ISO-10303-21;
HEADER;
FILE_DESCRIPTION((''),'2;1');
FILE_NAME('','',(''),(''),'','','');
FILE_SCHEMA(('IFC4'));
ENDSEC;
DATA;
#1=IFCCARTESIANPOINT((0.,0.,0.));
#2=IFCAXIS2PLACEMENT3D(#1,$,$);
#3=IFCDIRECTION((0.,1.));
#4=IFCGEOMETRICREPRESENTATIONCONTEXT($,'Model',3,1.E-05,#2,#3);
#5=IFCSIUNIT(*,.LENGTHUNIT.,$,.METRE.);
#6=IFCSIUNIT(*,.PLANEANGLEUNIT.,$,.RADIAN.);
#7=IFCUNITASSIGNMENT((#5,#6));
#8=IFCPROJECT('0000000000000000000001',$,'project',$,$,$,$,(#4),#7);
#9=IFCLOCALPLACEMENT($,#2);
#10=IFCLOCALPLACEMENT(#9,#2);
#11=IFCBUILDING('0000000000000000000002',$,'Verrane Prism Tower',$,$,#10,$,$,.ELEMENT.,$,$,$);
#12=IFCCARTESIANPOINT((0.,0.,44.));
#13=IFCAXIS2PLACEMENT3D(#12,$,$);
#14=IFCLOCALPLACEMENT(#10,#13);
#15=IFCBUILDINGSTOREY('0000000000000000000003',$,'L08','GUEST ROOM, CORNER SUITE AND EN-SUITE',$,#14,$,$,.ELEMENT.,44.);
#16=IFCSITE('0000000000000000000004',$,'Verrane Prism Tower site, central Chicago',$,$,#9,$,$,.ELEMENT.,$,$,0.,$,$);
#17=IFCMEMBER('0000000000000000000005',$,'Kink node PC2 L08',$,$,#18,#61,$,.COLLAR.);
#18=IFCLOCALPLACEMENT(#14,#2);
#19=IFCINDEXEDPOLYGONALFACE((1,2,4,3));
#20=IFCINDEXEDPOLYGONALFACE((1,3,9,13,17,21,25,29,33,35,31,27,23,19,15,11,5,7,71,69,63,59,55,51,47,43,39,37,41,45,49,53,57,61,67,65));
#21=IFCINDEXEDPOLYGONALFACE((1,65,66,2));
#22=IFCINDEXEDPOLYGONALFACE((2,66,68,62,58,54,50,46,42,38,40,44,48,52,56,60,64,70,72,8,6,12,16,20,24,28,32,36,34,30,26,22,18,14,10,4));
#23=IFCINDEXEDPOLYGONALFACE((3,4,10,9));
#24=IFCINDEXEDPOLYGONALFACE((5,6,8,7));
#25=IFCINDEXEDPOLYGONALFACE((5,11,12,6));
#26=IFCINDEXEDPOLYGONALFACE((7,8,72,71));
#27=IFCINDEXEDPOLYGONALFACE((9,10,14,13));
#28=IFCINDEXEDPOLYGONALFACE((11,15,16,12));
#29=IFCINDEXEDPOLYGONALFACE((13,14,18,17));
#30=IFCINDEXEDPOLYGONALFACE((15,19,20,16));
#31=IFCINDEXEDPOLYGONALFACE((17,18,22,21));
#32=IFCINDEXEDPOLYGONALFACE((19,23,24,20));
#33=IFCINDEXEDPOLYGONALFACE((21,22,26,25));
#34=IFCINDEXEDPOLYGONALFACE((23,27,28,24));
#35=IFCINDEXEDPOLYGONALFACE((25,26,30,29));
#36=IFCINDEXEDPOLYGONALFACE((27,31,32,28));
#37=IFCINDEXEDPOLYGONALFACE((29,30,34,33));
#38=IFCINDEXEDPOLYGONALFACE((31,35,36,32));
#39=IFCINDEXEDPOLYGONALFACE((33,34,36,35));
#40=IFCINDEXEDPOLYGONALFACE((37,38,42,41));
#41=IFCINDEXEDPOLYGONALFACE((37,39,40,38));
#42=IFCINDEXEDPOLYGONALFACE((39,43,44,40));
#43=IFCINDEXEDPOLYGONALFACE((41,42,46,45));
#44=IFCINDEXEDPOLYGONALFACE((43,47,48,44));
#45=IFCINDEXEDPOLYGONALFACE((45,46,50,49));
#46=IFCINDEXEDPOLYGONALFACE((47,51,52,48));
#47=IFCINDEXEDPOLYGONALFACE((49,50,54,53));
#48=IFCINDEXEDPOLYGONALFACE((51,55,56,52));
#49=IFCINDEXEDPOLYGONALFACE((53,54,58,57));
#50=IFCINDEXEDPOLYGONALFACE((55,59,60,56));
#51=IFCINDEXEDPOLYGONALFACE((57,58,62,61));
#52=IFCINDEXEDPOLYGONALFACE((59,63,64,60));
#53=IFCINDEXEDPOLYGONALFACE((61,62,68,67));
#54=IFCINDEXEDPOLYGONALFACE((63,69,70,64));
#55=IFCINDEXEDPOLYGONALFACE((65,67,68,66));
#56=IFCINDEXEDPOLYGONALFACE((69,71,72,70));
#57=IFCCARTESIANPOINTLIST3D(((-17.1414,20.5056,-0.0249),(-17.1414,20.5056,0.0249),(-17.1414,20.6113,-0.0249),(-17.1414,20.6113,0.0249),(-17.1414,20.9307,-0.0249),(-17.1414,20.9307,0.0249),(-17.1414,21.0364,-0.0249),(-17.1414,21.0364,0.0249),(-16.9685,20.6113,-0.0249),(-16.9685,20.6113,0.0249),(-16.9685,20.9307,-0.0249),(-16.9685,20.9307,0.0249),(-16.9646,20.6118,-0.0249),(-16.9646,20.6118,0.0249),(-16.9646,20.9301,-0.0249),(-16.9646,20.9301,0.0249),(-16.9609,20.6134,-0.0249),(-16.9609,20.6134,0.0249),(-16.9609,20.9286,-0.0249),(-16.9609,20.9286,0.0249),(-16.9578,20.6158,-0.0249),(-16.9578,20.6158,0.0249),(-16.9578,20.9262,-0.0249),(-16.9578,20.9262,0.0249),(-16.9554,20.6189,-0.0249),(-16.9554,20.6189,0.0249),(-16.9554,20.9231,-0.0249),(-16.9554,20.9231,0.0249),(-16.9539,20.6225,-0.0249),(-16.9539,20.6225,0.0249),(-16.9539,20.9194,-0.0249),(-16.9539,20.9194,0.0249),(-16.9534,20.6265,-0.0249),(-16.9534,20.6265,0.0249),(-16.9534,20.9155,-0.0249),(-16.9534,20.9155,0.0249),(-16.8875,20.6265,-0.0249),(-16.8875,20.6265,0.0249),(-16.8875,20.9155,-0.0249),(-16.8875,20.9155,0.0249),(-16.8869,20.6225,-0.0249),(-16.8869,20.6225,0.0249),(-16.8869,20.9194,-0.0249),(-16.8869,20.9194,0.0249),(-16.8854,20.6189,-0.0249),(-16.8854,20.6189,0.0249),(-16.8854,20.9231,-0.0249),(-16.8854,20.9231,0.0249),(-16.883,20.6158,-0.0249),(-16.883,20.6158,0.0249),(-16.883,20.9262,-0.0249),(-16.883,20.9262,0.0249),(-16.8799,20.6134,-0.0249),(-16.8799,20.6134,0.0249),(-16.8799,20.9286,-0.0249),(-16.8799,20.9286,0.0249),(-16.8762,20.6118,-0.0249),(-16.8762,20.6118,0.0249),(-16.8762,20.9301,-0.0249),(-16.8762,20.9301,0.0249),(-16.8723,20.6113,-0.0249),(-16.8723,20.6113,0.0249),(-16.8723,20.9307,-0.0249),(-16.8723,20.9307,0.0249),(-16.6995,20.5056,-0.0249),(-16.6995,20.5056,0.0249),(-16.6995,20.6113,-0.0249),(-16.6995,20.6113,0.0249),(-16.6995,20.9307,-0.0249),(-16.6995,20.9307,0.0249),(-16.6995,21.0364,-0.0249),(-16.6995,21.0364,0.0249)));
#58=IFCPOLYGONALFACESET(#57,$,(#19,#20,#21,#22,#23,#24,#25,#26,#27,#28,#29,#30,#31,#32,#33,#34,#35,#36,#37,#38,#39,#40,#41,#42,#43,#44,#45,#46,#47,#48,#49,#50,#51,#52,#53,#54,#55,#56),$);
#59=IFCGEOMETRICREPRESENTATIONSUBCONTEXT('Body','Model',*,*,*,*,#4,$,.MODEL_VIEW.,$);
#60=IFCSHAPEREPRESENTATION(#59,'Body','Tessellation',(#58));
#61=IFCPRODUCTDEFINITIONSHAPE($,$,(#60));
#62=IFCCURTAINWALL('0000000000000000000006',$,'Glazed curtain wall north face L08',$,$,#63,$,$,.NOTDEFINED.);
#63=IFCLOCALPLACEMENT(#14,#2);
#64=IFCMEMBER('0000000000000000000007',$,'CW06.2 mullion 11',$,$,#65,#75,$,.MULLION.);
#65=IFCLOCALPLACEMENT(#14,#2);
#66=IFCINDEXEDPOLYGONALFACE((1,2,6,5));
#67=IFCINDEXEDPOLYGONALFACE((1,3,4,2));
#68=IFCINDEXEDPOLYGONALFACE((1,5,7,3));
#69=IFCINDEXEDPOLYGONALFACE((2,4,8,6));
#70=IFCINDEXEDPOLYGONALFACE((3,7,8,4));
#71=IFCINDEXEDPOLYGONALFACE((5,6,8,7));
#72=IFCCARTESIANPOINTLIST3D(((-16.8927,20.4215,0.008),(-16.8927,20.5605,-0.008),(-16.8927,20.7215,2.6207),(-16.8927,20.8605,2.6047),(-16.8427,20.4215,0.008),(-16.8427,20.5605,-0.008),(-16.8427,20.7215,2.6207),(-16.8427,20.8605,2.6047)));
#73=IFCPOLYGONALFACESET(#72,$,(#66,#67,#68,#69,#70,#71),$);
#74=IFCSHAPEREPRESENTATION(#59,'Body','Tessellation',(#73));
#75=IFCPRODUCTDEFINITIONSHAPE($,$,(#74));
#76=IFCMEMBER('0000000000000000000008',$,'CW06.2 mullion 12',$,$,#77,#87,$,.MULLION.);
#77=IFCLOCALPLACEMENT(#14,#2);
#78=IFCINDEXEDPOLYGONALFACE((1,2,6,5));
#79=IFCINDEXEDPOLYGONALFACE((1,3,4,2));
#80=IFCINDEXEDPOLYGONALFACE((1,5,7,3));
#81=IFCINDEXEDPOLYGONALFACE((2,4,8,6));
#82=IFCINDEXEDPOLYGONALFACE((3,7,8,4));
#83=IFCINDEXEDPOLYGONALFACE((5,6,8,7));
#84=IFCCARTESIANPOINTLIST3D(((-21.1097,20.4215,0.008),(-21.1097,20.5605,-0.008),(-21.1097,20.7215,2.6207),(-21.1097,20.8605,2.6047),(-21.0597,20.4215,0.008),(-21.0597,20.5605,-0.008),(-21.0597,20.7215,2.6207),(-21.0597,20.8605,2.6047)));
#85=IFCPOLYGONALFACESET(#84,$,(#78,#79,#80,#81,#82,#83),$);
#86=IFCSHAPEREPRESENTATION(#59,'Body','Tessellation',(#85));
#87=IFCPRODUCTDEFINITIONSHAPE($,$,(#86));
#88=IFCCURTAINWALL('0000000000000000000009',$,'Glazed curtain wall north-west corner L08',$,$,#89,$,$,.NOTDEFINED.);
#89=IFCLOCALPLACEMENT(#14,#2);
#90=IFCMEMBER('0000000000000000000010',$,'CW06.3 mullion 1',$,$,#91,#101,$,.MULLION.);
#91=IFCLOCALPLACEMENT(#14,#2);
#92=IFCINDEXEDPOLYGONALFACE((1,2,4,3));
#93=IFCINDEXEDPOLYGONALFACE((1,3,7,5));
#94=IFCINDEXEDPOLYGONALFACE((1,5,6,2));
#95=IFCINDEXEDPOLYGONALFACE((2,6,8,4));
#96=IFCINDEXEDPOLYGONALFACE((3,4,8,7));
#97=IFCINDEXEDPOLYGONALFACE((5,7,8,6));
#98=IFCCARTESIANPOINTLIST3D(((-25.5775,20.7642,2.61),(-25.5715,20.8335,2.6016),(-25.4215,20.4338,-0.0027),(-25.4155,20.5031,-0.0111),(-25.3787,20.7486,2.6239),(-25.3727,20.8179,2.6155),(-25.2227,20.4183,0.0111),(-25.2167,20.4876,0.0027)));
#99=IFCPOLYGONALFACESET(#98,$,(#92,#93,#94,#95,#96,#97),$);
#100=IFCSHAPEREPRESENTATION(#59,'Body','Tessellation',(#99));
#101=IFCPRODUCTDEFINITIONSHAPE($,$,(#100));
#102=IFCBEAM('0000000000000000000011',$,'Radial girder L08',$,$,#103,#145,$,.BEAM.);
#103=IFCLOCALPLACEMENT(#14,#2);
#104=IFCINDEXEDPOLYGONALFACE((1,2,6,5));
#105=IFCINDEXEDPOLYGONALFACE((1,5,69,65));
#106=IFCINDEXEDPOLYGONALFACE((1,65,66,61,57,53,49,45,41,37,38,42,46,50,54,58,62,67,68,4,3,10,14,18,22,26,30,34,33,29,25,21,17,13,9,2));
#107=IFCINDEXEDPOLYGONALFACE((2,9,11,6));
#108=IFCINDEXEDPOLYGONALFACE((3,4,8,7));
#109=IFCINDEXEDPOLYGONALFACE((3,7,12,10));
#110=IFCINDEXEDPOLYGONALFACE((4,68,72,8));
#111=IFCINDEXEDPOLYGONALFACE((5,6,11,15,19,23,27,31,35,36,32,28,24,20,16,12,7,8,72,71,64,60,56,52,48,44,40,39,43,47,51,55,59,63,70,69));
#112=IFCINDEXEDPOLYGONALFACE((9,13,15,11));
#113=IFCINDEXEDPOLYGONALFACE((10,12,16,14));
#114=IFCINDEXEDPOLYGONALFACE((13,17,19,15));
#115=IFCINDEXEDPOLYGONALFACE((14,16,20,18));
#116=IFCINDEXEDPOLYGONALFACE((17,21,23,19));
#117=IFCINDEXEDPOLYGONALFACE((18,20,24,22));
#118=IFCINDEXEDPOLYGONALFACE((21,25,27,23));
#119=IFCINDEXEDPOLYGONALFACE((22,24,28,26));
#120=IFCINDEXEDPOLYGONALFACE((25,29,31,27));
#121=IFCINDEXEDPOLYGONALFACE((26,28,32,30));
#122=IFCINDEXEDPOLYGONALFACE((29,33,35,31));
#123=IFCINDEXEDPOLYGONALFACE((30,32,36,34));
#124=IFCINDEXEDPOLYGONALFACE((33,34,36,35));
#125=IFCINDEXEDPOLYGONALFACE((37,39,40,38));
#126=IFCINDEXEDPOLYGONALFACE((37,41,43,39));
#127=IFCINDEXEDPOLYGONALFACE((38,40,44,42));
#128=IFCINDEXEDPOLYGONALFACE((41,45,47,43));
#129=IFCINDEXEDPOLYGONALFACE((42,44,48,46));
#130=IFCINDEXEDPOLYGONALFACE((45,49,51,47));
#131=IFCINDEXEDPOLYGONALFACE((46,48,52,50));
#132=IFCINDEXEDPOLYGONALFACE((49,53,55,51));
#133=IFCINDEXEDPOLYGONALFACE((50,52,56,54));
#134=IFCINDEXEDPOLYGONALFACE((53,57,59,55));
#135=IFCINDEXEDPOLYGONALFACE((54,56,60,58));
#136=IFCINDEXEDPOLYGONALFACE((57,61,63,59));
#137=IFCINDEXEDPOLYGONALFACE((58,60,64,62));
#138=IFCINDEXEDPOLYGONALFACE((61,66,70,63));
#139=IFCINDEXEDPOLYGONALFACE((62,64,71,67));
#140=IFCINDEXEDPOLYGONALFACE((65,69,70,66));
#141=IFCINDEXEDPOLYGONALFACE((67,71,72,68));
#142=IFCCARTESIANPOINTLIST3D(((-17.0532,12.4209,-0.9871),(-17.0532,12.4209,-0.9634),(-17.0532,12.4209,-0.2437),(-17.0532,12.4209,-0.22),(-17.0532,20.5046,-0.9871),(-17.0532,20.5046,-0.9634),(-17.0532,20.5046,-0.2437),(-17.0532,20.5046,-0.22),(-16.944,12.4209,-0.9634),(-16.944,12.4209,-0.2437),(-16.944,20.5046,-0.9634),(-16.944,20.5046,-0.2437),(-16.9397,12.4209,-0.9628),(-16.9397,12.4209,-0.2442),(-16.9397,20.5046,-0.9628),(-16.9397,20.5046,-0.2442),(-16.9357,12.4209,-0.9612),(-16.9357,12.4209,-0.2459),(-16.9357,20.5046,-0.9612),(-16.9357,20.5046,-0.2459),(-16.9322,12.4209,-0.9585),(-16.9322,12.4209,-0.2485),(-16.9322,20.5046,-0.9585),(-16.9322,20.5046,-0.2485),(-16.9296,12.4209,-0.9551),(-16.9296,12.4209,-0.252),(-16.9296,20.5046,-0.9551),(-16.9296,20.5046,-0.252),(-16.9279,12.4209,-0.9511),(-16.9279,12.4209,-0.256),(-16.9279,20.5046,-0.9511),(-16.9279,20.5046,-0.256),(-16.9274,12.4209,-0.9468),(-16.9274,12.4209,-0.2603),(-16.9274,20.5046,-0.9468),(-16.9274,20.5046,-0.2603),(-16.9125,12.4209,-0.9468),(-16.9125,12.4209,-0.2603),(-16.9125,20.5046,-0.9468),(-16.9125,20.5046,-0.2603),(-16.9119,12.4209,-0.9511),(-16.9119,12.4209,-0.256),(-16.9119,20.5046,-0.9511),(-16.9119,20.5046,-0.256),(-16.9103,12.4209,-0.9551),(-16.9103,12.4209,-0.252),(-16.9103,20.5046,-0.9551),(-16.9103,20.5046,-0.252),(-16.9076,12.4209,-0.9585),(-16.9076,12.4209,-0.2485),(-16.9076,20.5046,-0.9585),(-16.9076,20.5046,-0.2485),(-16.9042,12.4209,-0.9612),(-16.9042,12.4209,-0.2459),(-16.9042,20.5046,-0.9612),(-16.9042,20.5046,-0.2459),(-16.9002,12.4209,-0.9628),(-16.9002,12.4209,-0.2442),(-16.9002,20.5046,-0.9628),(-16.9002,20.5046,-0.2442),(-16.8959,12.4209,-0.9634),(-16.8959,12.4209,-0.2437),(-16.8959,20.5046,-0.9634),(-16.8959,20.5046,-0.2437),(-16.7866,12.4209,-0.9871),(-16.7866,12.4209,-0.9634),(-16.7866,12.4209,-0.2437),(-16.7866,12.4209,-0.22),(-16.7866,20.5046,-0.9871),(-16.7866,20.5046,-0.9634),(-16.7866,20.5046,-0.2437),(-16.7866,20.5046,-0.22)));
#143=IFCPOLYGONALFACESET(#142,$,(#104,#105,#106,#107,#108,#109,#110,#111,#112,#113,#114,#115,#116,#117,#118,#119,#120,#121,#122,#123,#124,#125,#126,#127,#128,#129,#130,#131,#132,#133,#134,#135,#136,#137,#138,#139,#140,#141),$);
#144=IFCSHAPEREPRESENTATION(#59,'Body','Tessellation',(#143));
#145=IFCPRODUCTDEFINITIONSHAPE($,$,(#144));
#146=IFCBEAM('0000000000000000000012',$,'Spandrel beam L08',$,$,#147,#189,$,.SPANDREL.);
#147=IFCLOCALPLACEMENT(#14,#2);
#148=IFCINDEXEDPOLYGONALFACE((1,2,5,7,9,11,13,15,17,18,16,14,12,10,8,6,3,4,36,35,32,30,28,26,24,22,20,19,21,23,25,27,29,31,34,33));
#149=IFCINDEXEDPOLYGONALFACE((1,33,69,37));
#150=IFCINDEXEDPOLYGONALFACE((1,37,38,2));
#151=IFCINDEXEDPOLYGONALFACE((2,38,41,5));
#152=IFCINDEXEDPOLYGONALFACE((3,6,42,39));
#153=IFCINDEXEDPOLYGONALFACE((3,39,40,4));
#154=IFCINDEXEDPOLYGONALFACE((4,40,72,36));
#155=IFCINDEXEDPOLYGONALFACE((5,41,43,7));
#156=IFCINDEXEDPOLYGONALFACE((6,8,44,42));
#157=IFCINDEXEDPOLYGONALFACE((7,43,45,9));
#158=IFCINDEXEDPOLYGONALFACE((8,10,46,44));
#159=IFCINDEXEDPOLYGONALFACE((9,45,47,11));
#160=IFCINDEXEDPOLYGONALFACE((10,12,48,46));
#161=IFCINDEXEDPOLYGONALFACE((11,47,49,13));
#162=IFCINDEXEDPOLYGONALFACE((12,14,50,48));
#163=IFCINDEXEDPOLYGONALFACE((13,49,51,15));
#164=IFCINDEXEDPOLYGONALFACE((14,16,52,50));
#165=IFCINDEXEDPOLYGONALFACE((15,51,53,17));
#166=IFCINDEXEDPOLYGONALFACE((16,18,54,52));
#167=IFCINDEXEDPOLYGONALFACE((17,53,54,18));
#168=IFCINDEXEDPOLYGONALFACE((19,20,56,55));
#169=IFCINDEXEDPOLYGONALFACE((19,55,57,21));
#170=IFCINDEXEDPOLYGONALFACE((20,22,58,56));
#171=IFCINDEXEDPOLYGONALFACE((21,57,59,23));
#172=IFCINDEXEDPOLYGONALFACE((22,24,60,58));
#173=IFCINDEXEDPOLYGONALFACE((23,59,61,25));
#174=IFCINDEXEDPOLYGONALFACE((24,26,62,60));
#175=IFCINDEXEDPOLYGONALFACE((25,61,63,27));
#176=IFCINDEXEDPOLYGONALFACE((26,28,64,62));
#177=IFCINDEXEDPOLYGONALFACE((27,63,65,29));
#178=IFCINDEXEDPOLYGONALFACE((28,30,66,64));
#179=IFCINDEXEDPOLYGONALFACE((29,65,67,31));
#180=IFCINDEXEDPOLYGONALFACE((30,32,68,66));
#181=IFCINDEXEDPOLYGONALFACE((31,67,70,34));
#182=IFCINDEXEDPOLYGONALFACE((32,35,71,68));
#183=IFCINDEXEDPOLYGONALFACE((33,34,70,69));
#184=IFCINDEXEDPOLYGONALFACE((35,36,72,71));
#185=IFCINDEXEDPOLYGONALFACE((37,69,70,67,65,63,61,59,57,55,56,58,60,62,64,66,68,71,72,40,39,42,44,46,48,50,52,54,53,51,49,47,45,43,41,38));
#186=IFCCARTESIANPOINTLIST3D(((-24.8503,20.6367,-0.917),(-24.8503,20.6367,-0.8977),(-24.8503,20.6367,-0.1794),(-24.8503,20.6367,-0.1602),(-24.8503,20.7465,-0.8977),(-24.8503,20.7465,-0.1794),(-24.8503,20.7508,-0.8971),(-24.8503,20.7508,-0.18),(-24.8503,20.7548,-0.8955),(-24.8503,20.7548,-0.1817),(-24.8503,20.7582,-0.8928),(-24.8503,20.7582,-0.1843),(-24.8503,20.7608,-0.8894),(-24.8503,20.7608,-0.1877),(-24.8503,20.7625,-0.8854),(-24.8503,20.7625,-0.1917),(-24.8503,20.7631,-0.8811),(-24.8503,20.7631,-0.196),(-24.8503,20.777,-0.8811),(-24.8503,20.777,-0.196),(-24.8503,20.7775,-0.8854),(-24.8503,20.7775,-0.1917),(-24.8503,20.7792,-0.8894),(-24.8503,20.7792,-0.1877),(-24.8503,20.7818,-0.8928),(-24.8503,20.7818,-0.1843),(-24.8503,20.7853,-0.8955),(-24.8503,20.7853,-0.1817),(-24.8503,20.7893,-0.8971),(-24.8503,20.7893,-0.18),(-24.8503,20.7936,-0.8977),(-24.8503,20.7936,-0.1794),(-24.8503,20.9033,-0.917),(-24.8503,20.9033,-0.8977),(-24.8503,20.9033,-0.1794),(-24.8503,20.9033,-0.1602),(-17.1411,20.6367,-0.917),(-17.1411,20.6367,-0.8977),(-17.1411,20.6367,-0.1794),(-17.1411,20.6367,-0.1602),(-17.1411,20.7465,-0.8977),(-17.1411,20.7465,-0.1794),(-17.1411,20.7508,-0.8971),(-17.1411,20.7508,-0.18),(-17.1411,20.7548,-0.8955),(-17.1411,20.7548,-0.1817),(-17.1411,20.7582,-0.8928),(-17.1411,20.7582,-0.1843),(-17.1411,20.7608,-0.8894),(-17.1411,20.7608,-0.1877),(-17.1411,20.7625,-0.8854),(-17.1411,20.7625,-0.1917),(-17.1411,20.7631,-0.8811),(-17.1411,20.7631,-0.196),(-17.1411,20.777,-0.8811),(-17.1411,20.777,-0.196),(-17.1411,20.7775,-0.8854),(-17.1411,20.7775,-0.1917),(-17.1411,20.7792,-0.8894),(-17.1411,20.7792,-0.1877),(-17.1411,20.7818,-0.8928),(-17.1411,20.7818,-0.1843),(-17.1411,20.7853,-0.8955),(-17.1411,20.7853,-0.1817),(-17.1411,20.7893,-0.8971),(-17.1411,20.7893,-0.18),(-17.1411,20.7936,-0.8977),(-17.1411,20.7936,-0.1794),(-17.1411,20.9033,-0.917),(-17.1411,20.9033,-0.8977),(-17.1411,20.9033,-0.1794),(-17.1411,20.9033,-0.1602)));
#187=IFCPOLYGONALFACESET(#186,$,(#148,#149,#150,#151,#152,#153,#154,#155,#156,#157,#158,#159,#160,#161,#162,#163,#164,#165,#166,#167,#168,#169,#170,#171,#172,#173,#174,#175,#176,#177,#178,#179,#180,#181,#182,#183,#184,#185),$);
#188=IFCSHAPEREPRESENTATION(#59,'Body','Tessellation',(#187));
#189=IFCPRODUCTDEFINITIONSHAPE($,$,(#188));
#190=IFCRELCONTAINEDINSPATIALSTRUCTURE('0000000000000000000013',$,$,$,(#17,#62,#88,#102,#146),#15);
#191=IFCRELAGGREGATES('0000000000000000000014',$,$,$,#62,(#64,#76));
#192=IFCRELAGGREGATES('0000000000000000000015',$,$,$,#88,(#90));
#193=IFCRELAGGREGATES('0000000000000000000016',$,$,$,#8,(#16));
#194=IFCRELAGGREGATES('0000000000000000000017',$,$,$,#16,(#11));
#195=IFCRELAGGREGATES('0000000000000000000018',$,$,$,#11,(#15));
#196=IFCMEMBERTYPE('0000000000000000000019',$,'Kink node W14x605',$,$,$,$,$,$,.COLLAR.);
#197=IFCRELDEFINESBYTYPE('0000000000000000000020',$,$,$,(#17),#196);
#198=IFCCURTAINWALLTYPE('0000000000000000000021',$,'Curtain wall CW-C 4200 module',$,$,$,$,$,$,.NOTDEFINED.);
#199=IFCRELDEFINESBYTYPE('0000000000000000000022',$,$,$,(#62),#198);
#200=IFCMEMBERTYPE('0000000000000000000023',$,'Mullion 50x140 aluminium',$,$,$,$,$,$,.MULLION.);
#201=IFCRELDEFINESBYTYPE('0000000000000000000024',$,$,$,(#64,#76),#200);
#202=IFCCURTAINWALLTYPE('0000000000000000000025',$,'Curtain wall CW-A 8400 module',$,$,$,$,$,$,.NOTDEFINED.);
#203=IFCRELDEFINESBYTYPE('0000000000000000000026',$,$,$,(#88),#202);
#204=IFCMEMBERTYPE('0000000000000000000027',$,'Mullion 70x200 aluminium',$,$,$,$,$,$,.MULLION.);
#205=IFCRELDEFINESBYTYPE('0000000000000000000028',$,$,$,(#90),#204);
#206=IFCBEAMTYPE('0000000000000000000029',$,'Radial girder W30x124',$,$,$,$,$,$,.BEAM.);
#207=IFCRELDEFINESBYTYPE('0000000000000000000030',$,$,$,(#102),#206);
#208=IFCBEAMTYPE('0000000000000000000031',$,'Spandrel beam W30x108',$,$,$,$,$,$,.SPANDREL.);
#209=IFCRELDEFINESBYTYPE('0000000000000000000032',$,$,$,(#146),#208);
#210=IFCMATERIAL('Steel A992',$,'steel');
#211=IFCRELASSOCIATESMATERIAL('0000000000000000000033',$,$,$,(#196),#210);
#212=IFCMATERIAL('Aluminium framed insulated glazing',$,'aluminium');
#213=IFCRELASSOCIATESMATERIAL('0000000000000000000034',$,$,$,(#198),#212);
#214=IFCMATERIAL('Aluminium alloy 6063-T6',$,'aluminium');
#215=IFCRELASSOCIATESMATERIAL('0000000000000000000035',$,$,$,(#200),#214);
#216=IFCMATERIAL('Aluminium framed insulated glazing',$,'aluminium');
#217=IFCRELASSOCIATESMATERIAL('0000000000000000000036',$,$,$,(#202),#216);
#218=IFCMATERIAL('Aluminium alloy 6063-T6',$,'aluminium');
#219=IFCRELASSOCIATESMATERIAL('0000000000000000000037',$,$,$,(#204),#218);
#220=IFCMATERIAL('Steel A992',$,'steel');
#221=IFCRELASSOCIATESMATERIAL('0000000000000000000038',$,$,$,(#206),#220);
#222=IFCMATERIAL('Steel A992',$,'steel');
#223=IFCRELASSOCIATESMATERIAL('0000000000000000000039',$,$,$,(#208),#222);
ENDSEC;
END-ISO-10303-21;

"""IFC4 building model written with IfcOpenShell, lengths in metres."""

from ifc_helpers import new_model, si_unit, direction, frame, origin, origin_2d, place, context, subcontext, project, spatial, rectangle, i_section, extrude, material, material_profile, profile_set, type_object, element, aggregate, save


model = new_model("IFC4")

# Units and contexts
model_context = context("Model", 3, precision=1e-05, world=origin(), true_north=direction((0.0, 1.0)))
body_context = subcontext(model_context, "Body", "Model", "MODEL_VIEW")
ifc_project = project(units=[si_unit("LENGTHUNIT", "METRE"), si_unit("PLANEANGLEUNIT", "RADIAN")], contexts=[model_context])

# Site, building, storey
site_placement = place(None, origin())
site = spatial("IfcSite", under=ifc_project, at=site_placement, Name="Verrane Prism Tower site, central Chicago", CompositionType="ELEMENT", RefElevation=0.0)
building_placement = place(site_placement, origin())
building = spatial("IfcBuilding", under=site, at=building_placement, Name="Verrane Prism Tower", CompositionType="ELEMENT")
storey_placement = place(building_placement, frame((0.0, 0.0, 44.0)))
storey = spatial("IfcBuildingStorey", under=building, at=storey_placement, Name="L08", Description="GUEST ROOM, CORNER SUITE AND EN-SUITE", CompositionType="ELEMENT", Elevation=44.0)

# Member
ifc_material_1 = material(Name="Steel A992", Category="steel")
ifc_material_profile_1 = material_profile(ifc_material_1, i_section(OverallWidth=0.4419, OverallDepth=0.5308, WebThickness=0.0659, FlangeThickness=0.1057, FilletRadius=0.0151, at=origin_2d()), Name="W14x605")
ifc_profile_set_1 = profile_set([ifc_material_profile_1], Name="Steel A992")
member_type_1 = type_object("IfcMemberType", Name="Kink node W14x605", PredefinedType="COLLAR", material=ifc_profile_set_1)
member_1_placement = place(storey_placement, frame((-16.9204, 20.771, -0.0249), z_axis=(0.0, 0.0, 1.0), x_axis=(1.0, 0.0, 0.0)))
element("IfcMember", 1, at=member_1_placement, inside=storey, type_object=member_type_1, Name="Kink node PC2 L08", PredefinedType="COLLAR", context=body_context, shape_type="SweptSolid", body=[
    extrude(i_section(OverallWidth=0.4419, OverallDepth=0.5308, WebThickness=0.0659, FlangeThickness=0.1057, FilletRadius=0.0151, at=origin_2d()), origin(), (0.0, 0.0, 1.0), 0.0498),
])

# Curtain wall, members
ifc_material_2 = material(Name="Aluminium framed insulated glazing", Category="aluminium")
curtain_wall_type_1 = type_object("IfcCurtainWallType", Name="Curtain wall CW-C 4200 module", PredefinedType="NOTDEFINED", material=ifc_material_2)
curtain_wall_1_placement = place(storey_placement, origin())
curtain_wall_1 = element("IfcCurtainWall", 2, at=curtain_wall_1_placement, inside=storey, type_object=curtain_wall_type_1, Name="Glazed curtain wall north face L08", PredefinedType="NOTDEFINED")
ifc_material_3 = material(Name="Aluminium alloy 6063-T6", Category="aluminium")
ifc_material_profile_2 = material_profile(ifc_material_3, rectangle(XDim=0.1399, YDim=0.05, at=origin_2d()), Name="Mullion 50x140 aluminium")
ifc_profile_set_2 = profile_set([ifc_material_profile_2], Name="Aluminium alloy 6063-T6")
member_type_2 = type_object("IfcMemberType", Name="Mullion 50x140 aluminium", PredefinedType="MULLION", material=ifc_profile_set_2)
member_2_placement = place(storey_placement, frame((-16.8677, 20.491, 0.0), z_axis=(0.0, 0.114089, 0.993471), x_axis=(0.0, 0.993471, -0.114089)))
member_2 = element("IfcMember", 3, at=member_2_placement, type_object=member_type_2, Name="CW06.2 mullion 11", PredefinedType="MULLION", context=body_context, shape_type="SweptSolid", body=[
    extrude(rectangle(XDim=0.1399, YDim=0.05, at=origin_2d()), origin(), (0.0, 0.0, 1.0), 2.6299),
])
member_3_placement = place(storey_placement, frame((-21.0847, 20.491, 0.0), z_axis=(0.0, 0.114089, 0.993471), x_axis=(0.0, 0.993471, -0.114089)))
member_3 = element("IfcMember", 4, at=member_3_placement, type_object=member_type_2, Name="CW06.2 mullion 12", PredefinedType="MULLION", context=body_context, shape_type="SweptSolid", body=[
    extrude(rectangle(XDim=0.1399, YDim=0.05, at=origin_2d()), origin(), (0.0, 0.0, 1.0), 2.6299),
])

# Curtain wall, member
ifc_material_4 = material(Name="Aluminium framed insulated glazing", Category="aluminium")
curtain_wall_type_2 = type_object("IfcCurtainWallType", Name="Curtain wall CW-A 8400 module", PredefinedType="NOTDEFINED", material=ifc_material_4)
curtain_wall_2_placement = place(storey_placement, origin())
curtain_wall_2 = element("IfcCurtainWall", 5, at=curtain_wall_2_placement, inside=storey, type_object=curtain_wall_type_2, Name="Glazed curtain wall north-west corner L08", PredefinedType="NOTDEFINED")
ifc_material_5 = material(Name="Aluminium alloy 6063-T6", Category="aluminium")
ifc_material_profile_3 = material_profile(ifc_material_5, rectangle(XDim=0.2, YDim=0.0701, at=origin_2d()), Name="Mullion 70x200 aluminium")
ifc_profile_set_3 = profile_set([ifc_material_profile_3], Name="Aluminium alloy 6063-T6")
member_type_3 = type_object("IfcMemberType", Name="Mullion 70x200 aluminium", PredefinedType="MULLION", material=ifc_profile_set_3)
member_4_placement = place(storey_placement, frame((-25.3191, 20.4607, 0.0), z_axis=(-0.059133, 0.125207, 0.990367), x_axis=(-0.994553, 0.077917, -0.069234)))
member_4 = element("IfcMember", 6, at=member_4_placement, type_object=member_type_3, Name="CW06.3 mullion 1", PredefinedType="MULLION", context=body_context, shape_type="SweptSolid", body=[
    extrude(rectangle(XDim=0.2, YDim=0.0701, at=origin_2d()), origin(), (0.0, 0.0, 1.0), 2.6382),
])

# Beams
ifc_material_6 = material(Name="Steel A992", Category="steel")
ifc_material_profile_4 = material_profile(ifc_material_6, i_section(OverallWidth=0.2666, OverallDepth=0.7671, WebThickness=0.0149, FlangeThickness=0.0237, FilletRadius=0.0166, at=origin_2d()), Name="W30x124")
ifc_profile_set_4 = profile_set([ifc_material_profile_4], Name="Steel A992")
beam_type_1 = type_object("IfcBeamType", Name="Radial girder W30x124", PredefinedType="BEAM", material=ifc_profile_set_4)
beam_1_placement = place(storey_placement, frame((-16.9199, 20.5046, -0.6035), z_axis=(0.0, -1.0, 0.0), x_axis=(1.0, 0.0, 0.0)))
element("IfcBeam", 7, at=beam_1_placement, inside=storey, type_object=beam_type_1, Name="Radial girder L08", PredefinedType="BEAM", context=body_context, shape_type="SweptSolid", body=[
    extrude(i_section(OverallWidth=0.2666, OverallDepth=0.7671, WebThickness=0.0149, FlangeThickness=0.0237, FilletRadius=0.0166, at=origin_2d()), origin(), (0.0, 0.0, 1.0), 8.0837),
])
ifc_material_7 = material(Name="Steel A992", Category="steel")
ifc_material_profile_5 = material_profile(ifc_material_7, i_section(OverallWidth=0.2666, OverallDepth=0.7568, WebThickness=0.0139, FlangeThickness=0.0193, FilletRadius=0.0166, at=origin_2d()), Name="W30x108")
ifc_profile_set_5 = profile_set([ifc_material_profile_5], Name="Steel A992")
beam_type_2 = type_object("IfcBeamType", Name="Spandrel beam W30x108", PredefinedType="SPANDREL", material=ifc_profile_set_5)
beam_2_placement = place(storey_placement, frame((-17.1411, 20.77, -0.5386), z_axis=(-1.0, 0.0, 0.0), x_axis=(0.0, -1.0, 0.0)))
element("IfcBeam", 8, at=beam_2_placement, inside=storey, type_object=beam_type_2, Name="Spandrel beam L08", PredefinedType="SPANDREL", context=body_context, shape_type="SweptSolid", body=[
    extrude(i_section(OverallWidth=0.2666, OverallDepth=0.7568, WebThickness=0.0139, FlangeThickness=0.0193, FilletRadius=0.0166, at=origin_2d()), origin(), (0.0, 0.0, 1.0), 7.7092),
])

aggregate(curtain_wall_1, [member_2, member_3])
aggregate(curtain_wall_2, [member_4])

save(model, "model.ifc")
